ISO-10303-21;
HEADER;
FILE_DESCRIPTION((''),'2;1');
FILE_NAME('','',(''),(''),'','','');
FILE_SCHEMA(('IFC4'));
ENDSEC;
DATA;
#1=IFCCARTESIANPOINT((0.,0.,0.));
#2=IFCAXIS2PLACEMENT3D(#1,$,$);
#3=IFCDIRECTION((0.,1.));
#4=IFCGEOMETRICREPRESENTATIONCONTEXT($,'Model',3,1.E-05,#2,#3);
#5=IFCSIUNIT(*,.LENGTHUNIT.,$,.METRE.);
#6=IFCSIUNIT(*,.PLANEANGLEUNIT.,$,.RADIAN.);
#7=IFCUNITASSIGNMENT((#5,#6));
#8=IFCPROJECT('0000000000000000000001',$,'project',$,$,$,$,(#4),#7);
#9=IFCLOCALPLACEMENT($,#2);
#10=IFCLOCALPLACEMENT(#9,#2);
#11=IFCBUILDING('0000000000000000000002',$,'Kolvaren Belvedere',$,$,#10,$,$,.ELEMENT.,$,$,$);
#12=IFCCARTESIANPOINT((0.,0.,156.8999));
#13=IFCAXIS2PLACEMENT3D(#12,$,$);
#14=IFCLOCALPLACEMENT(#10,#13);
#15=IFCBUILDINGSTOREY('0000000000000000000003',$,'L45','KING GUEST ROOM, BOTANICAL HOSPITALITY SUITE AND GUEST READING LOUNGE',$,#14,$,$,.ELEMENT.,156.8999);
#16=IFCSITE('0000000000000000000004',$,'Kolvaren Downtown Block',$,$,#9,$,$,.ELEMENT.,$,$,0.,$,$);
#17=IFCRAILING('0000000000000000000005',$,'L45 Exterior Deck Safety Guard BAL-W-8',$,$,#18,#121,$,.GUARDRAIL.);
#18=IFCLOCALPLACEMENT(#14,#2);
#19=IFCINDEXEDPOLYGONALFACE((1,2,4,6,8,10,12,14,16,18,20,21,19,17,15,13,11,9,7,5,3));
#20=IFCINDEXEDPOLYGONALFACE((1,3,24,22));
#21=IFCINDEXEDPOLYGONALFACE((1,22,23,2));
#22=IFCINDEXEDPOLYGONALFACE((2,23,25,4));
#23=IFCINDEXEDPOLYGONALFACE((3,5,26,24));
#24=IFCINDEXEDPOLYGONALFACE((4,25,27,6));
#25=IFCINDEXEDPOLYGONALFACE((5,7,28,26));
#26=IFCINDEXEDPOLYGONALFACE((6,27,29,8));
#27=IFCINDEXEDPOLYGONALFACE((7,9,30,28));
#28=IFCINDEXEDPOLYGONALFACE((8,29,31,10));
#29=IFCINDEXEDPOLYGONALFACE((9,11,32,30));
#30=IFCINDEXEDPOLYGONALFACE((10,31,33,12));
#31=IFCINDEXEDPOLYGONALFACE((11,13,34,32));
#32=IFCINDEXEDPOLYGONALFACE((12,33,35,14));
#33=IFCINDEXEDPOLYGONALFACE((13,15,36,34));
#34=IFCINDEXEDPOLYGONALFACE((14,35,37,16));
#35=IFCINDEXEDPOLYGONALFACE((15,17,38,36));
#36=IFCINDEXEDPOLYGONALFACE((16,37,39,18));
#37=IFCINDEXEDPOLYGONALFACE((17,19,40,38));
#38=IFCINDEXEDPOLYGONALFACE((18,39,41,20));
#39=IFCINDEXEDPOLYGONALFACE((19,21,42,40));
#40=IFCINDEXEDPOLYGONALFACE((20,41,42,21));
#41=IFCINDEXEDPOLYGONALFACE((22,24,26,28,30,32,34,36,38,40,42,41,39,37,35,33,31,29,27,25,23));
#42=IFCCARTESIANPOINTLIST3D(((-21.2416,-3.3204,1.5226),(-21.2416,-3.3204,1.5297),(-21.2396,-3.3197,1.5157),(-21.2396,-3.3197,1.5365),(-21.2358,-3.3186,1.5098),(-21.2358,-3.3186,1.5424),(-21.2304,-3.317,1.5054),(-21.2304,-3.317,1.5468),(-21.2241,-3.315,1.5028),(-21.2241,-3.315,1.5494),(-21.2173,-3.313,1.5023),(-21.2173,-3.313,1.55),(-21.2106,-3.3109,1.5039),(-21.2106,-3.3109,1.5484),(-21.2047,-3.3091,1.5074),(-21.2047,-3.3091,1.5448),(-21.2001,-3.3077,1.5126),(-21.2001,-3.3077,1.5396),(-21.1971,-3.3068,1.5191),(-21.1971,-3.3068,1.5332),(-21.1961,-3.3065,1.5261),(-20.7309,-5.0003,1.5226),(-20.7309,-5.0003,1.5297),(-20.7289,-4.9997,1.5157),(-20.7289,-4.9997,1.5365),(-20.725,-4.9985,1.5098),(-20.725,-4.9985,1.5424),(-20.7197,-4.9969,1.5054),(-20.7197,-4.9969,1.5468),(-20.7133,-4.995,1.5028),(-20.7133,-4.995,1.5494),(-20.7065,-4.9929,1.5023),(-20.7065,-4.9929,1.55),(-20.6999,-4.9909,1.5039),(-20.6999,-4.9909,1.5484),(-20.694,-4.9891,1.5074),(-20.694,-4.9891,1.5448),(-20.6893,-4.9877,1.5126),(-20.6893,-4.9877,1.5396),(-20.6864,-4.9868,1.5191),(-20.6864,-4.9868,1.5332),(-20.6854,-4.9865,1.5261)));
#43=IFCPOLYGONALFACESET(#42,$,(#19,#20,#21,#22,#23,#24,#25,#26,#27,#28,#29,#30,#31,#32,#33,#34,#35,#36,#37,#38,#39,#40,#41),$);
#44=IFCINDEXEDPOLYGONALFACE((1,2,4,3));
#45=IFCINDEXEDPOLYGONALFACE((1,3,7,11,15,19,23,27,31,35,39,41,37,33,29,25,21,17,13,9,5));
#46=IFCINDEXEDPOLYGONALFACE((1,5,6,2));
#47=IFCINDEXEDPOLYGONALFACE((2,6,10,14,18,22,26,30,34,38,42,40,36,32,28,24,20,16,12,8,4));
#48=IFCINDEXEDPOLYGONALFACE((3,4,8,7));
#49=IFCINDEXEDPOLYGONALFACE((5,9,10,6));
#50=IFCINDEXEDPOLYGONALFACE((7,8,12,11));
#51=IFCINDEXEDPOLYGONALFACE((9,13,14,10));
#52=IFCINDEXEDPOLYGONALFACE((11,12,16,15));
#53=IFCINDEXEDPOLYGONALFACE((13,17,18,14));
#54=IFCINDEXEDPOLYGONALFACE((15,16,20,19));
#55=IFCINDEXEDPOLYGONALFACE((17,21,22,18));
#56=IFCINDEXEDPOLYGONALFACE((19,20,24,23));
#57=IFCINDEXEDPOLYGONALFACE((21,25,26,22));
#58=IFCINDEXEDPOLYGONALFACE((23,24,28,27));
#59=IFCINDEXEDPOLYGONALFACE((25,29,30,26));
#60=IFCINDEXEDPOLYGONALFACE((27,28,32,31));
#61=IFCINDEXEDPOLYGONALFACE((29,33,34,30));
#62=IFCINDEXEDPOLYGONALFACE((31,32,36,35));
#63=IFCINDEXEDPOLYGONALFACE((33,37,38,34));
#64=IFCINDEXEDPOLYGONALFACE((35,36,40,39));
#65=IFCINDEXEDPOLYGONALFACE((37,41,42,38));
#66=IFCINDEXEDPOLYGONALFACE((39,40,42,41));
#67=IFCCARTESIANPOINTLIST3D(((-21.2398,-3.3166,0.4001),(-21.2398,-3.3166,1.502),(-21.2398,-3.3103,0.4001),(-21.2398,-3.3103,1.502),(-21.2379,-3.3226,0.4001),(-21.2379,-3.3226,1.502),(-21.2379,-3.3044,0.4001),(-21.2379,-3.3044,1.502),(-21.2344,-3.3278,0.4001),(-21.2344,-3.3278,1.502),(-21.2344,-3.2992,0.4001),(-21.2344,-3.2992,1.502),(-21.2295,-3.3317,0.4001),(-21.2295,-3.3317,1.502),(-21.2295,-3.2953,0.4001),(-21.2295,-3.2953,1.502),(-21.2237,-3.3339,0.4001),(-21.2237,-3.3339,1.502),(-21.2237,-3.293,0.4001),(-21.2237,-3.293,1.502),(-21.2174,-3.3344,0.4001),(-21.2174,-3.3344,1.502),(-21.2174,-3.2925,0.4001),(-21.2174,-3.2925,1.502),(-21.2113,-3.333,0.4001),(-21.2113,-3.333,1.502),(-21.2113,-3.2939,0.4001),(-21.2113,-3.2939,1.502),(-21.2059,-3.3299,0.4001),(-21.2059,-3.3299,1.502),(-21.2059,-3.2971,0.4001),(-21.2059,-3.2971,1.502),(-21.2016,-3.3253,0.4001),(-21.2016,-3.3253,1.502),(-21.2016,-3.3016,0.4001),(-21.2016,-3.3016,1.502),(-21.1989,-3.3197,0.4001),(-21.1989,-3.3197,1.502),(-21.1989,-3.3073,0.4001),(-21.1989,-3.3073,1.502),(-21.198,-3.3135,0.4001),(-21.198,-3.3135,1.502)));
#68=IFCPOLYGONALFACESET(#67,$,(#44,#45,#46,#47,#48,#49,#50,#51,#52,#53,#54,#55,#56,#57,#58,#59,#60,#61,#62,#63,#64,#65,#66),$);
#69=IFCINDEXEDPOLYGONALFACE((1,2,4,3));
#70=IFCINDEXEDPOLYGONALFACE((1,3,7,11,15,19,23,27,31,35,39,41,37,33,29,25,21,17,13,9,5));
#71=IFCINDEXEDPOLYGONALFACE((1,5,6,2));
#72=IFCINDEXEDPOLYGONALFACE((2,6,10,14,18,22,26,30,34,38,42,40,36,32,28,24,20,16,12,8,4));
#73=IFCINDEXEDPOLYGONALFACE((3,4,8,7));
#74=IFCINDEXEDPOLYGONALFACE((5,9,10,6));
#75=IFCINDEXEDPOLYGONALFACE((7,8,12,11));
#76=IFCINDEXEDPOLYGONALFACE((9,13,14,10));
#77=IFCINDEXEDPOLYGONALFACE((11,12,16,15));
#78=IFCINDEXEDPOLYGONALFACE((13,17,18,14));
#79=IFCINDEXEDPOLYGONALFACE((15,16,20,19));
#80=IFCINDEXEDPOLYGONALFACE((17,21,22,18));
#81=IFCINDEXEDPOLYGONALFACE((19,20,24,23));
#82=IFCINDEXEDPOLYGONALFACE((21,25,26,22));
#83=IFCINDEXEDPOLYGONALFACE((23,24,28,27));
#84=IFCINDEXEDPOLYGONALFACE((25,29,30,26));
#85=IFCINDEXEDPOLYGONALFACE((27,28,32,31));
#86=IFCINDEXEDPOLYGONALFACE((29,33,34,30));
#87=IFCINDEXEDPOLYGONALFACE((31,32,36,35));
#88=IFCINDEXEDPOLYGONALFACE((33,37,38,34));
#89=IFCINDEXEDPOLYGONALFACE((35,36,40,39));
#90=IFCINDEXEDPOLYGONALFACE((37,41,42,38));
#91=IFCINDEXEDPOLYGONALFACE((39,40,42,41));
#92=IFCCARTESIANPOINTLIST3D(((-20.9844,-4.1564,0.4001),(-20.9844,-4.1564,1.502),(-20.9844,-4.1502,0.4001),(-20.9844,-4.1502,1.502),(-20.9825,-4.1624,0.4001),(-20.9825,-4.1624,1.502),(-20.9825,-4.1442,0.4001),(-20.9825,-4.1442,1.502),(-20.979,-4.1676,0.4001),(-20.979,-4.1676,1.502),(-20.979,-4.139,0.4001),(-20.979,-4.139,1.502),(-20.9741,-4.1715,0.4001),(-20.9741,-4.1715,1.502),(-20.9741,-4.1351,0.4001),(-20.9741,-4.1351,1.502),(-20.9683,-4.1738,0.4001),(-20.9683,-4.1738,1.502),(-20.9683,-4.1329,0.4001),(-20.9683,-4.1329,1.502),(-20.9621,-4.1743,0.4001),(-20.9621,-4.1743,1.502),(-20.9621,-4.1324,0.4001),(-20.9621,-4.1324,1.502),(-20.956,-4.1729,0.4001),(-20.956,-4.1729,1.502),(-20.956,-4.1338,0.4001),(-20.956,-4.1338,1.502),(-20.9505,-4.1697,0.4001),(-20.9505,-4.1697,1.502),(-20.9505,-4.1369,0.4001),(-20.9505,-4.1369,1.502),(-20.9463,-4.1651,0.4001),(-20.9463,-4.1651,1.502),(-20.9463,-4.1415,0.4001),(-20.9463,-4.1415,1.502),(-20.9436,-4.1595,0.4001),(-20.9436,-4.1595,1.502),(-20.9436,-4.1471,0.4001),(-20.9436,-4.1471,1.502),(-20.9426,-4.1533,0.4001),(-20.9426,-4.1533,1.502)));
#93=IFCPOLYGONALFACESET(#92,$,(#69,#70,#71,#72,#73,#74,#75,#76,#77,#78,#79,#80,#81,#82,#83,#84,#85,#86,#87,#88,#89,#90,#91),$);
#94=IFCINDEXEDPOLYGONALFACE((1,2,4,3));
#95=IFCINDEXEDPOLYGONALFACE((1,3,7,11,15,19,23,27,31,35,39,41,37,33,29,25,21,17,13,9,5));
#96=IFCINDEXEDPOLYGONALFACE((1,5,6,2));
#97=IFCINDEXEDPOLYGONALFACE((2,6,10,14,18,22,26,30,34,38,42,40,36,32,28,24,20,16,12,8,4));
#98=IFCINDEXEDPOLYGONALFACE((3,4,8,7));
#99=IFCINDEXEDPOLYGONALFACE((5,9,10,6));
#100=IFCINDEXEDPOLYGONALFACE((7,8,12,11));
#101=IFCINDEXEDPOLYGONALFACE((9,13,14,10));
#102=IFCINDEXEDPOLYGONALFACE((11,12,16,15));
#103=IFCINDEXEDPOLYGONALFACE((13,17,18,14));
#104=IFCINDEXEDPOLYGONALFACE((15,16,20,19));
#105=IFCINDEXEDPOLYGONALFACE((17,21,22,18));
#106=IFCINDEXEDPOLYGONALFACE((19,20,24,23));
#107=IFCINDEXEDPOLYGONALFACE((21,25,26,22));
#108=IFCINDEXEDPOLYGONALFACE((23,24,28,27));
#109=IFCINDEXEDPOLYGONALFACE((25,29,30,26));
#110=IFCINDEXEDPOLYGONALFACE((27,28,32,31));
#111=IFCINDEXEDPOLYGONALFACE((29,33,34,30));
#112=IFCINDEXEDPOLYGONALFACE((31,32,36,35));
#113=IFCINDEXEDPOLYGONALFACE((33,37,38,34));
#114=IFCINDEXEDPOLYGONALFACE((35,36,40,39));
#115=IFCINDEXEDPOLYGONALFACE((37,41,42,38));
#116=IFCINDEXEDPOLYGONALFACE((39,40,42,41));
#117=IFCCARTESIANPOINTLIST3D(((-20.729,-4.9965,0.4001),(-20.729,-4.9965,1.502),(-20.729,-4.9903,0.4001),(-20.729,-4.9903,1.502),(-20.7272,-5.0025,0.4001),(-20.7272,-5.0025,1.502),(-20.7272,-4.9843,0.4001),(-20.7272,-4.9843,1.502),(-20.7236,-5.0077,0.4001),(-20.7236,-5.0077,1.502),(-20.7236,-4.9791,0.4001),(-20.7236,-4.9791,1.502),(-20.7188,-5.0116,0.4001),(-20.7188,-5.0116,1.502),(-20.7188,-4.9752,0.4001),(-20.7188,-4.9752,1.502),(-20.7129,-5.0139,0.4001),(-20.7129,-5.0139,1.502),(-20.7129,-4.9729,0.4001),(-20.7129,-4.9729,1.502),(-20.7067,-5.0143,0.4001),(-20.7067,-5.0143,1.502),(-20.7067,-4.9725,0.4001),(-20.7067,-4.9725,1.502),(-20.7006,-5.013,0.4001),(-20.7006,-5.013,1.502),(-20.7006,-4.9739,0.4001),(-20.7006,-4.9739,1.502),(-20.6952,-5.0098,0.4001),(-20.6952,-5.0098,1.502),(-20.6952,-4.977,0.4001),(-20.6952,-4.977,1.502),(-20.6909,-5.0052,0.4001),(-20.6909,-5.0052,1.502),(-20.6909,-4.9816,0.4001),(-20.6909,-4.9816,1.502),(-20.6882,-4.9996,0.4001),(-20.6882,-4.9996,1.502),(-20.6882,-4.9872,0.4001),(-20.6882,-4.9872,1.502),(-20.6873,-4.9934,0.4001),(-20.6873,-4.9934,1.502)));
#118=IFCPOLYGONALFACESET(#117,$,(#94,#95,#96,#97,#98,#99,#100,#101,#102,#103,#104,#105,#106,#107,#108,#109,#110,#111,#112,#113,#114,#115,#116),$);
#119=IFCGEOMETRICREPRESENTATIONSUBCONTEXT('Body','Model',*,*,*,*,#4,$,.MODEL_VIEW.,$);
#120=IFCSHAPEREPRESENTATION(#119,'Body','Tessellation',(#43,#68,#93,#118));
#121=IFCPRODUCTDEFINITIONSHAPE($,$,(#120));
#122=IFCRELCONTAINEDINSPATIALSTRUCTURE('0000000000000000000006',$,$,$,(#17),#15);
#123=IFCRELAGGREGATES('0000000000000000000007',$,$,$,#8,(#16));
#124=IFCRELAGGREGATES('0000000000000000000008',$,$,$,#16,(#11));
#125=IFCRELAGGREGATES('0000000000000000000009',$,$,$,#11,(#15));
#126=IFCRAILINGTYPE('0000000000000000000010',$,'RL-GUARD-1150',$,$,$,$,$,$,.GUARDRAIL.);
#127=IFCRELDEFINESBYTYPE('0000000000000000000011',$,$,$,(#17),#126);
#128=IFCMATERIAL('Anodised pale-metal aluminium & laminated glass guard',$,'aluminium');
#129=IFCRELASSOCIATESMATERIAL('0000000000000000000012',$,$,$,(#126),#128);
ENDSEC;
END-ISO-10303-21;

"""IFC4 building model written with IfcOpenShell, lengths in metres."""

from ifc_helpers import new_model, si_unit, direction, frame, origin, origin_2d, place, context, subcontext, project, spatial, circle, extrude, material, type_object, element, save


model = new_model("IFC4")

# Units and contexts
model_context = context("Model", 3, precision=1e-05, world=origin(), true_north=direction((0.0, 1.0)))
body_context = subcontext(model_context, "Body", "Model", "MODEL_VIEW")
ifc_project = project(units=[si_unit("LENGTHUNIT", "METRE"), si_unit("PLANEANGLEUNIT", "RADIAN")], contexts=[model_context])

# Site, building, storey
site_placement = place(None, origin())
site = spatial("IfcSite", under=ifc_project, at=site_placement, Name="Kolvaren Downtown Block", CompositionType="ELEMENT", RefElevation=0.0)
building_placement = place(site_placement, origin())
building = spatial("IfcBuilding", under=site, at=building_placement, Name="Kolvaren Belvedere", CompositionType="ELEMENT")
storey_placement = place(building_placement, frame((0.0, 0.0, 156.8999)))
storey = spatial("IfcBuildingStorey", under=building, at=storey_placement, Name="L45", Description="KING GUEST ROOM, BOTANICAL HOSPITALITY SUITE AND GUEST READING LOUNGE", CompositionType="ELEMENT", Elevation=156.8999)

# Railing
ifc_material_1 = material(Name="Anodised pale-metal aluminium & laminated glass guard", Category="aluminium")
railing_type = type_object("IfcRailingType", Name="RL-GUARD-1150", PredefinedType="GUARDRAIL", material=ifc_material_1)
railing_1_placement = place(storey_placement, frame((-21.219, -3.3135, 0.4001)))
element("IfcRailing", 1, at=railing_1_placement, inside=storey, type_object=railing_type, Name="L45 Exterior Deck Safety Guard BAL-W-8", PredefinedType="GUARDRAIL", context=body_context, shape_type="SweptSolid", body=[
    extrude(circle(Radius=0.0239, at=origin_2d()), frame((0.0, 0.0, 1.126), z_axis=(0.290879, -0.95676, 0.0), x_axis=(0.95676, 0.290879, 0.0)), (0.0, 0.0, 1.0), 1.7559),
    extrude(circle(Radius=0.021, at=origin_2d()), origin(), (0.0, 0.0, 1.0), 1.1018),
    extrude(circle(Radius=0.021, at=origin_2d()), frame((0.2554, -0.8398, 0.0)), (0.0, 0.0, 1.0), 1.1018),
    extrude(circle(Radius=0.021, at=origin_2d()), frame((0.5107, -1.6799, 0.0)), (0.0, 0.0, 1.0), 1.1018),
])

save(model, "model.ifc")
